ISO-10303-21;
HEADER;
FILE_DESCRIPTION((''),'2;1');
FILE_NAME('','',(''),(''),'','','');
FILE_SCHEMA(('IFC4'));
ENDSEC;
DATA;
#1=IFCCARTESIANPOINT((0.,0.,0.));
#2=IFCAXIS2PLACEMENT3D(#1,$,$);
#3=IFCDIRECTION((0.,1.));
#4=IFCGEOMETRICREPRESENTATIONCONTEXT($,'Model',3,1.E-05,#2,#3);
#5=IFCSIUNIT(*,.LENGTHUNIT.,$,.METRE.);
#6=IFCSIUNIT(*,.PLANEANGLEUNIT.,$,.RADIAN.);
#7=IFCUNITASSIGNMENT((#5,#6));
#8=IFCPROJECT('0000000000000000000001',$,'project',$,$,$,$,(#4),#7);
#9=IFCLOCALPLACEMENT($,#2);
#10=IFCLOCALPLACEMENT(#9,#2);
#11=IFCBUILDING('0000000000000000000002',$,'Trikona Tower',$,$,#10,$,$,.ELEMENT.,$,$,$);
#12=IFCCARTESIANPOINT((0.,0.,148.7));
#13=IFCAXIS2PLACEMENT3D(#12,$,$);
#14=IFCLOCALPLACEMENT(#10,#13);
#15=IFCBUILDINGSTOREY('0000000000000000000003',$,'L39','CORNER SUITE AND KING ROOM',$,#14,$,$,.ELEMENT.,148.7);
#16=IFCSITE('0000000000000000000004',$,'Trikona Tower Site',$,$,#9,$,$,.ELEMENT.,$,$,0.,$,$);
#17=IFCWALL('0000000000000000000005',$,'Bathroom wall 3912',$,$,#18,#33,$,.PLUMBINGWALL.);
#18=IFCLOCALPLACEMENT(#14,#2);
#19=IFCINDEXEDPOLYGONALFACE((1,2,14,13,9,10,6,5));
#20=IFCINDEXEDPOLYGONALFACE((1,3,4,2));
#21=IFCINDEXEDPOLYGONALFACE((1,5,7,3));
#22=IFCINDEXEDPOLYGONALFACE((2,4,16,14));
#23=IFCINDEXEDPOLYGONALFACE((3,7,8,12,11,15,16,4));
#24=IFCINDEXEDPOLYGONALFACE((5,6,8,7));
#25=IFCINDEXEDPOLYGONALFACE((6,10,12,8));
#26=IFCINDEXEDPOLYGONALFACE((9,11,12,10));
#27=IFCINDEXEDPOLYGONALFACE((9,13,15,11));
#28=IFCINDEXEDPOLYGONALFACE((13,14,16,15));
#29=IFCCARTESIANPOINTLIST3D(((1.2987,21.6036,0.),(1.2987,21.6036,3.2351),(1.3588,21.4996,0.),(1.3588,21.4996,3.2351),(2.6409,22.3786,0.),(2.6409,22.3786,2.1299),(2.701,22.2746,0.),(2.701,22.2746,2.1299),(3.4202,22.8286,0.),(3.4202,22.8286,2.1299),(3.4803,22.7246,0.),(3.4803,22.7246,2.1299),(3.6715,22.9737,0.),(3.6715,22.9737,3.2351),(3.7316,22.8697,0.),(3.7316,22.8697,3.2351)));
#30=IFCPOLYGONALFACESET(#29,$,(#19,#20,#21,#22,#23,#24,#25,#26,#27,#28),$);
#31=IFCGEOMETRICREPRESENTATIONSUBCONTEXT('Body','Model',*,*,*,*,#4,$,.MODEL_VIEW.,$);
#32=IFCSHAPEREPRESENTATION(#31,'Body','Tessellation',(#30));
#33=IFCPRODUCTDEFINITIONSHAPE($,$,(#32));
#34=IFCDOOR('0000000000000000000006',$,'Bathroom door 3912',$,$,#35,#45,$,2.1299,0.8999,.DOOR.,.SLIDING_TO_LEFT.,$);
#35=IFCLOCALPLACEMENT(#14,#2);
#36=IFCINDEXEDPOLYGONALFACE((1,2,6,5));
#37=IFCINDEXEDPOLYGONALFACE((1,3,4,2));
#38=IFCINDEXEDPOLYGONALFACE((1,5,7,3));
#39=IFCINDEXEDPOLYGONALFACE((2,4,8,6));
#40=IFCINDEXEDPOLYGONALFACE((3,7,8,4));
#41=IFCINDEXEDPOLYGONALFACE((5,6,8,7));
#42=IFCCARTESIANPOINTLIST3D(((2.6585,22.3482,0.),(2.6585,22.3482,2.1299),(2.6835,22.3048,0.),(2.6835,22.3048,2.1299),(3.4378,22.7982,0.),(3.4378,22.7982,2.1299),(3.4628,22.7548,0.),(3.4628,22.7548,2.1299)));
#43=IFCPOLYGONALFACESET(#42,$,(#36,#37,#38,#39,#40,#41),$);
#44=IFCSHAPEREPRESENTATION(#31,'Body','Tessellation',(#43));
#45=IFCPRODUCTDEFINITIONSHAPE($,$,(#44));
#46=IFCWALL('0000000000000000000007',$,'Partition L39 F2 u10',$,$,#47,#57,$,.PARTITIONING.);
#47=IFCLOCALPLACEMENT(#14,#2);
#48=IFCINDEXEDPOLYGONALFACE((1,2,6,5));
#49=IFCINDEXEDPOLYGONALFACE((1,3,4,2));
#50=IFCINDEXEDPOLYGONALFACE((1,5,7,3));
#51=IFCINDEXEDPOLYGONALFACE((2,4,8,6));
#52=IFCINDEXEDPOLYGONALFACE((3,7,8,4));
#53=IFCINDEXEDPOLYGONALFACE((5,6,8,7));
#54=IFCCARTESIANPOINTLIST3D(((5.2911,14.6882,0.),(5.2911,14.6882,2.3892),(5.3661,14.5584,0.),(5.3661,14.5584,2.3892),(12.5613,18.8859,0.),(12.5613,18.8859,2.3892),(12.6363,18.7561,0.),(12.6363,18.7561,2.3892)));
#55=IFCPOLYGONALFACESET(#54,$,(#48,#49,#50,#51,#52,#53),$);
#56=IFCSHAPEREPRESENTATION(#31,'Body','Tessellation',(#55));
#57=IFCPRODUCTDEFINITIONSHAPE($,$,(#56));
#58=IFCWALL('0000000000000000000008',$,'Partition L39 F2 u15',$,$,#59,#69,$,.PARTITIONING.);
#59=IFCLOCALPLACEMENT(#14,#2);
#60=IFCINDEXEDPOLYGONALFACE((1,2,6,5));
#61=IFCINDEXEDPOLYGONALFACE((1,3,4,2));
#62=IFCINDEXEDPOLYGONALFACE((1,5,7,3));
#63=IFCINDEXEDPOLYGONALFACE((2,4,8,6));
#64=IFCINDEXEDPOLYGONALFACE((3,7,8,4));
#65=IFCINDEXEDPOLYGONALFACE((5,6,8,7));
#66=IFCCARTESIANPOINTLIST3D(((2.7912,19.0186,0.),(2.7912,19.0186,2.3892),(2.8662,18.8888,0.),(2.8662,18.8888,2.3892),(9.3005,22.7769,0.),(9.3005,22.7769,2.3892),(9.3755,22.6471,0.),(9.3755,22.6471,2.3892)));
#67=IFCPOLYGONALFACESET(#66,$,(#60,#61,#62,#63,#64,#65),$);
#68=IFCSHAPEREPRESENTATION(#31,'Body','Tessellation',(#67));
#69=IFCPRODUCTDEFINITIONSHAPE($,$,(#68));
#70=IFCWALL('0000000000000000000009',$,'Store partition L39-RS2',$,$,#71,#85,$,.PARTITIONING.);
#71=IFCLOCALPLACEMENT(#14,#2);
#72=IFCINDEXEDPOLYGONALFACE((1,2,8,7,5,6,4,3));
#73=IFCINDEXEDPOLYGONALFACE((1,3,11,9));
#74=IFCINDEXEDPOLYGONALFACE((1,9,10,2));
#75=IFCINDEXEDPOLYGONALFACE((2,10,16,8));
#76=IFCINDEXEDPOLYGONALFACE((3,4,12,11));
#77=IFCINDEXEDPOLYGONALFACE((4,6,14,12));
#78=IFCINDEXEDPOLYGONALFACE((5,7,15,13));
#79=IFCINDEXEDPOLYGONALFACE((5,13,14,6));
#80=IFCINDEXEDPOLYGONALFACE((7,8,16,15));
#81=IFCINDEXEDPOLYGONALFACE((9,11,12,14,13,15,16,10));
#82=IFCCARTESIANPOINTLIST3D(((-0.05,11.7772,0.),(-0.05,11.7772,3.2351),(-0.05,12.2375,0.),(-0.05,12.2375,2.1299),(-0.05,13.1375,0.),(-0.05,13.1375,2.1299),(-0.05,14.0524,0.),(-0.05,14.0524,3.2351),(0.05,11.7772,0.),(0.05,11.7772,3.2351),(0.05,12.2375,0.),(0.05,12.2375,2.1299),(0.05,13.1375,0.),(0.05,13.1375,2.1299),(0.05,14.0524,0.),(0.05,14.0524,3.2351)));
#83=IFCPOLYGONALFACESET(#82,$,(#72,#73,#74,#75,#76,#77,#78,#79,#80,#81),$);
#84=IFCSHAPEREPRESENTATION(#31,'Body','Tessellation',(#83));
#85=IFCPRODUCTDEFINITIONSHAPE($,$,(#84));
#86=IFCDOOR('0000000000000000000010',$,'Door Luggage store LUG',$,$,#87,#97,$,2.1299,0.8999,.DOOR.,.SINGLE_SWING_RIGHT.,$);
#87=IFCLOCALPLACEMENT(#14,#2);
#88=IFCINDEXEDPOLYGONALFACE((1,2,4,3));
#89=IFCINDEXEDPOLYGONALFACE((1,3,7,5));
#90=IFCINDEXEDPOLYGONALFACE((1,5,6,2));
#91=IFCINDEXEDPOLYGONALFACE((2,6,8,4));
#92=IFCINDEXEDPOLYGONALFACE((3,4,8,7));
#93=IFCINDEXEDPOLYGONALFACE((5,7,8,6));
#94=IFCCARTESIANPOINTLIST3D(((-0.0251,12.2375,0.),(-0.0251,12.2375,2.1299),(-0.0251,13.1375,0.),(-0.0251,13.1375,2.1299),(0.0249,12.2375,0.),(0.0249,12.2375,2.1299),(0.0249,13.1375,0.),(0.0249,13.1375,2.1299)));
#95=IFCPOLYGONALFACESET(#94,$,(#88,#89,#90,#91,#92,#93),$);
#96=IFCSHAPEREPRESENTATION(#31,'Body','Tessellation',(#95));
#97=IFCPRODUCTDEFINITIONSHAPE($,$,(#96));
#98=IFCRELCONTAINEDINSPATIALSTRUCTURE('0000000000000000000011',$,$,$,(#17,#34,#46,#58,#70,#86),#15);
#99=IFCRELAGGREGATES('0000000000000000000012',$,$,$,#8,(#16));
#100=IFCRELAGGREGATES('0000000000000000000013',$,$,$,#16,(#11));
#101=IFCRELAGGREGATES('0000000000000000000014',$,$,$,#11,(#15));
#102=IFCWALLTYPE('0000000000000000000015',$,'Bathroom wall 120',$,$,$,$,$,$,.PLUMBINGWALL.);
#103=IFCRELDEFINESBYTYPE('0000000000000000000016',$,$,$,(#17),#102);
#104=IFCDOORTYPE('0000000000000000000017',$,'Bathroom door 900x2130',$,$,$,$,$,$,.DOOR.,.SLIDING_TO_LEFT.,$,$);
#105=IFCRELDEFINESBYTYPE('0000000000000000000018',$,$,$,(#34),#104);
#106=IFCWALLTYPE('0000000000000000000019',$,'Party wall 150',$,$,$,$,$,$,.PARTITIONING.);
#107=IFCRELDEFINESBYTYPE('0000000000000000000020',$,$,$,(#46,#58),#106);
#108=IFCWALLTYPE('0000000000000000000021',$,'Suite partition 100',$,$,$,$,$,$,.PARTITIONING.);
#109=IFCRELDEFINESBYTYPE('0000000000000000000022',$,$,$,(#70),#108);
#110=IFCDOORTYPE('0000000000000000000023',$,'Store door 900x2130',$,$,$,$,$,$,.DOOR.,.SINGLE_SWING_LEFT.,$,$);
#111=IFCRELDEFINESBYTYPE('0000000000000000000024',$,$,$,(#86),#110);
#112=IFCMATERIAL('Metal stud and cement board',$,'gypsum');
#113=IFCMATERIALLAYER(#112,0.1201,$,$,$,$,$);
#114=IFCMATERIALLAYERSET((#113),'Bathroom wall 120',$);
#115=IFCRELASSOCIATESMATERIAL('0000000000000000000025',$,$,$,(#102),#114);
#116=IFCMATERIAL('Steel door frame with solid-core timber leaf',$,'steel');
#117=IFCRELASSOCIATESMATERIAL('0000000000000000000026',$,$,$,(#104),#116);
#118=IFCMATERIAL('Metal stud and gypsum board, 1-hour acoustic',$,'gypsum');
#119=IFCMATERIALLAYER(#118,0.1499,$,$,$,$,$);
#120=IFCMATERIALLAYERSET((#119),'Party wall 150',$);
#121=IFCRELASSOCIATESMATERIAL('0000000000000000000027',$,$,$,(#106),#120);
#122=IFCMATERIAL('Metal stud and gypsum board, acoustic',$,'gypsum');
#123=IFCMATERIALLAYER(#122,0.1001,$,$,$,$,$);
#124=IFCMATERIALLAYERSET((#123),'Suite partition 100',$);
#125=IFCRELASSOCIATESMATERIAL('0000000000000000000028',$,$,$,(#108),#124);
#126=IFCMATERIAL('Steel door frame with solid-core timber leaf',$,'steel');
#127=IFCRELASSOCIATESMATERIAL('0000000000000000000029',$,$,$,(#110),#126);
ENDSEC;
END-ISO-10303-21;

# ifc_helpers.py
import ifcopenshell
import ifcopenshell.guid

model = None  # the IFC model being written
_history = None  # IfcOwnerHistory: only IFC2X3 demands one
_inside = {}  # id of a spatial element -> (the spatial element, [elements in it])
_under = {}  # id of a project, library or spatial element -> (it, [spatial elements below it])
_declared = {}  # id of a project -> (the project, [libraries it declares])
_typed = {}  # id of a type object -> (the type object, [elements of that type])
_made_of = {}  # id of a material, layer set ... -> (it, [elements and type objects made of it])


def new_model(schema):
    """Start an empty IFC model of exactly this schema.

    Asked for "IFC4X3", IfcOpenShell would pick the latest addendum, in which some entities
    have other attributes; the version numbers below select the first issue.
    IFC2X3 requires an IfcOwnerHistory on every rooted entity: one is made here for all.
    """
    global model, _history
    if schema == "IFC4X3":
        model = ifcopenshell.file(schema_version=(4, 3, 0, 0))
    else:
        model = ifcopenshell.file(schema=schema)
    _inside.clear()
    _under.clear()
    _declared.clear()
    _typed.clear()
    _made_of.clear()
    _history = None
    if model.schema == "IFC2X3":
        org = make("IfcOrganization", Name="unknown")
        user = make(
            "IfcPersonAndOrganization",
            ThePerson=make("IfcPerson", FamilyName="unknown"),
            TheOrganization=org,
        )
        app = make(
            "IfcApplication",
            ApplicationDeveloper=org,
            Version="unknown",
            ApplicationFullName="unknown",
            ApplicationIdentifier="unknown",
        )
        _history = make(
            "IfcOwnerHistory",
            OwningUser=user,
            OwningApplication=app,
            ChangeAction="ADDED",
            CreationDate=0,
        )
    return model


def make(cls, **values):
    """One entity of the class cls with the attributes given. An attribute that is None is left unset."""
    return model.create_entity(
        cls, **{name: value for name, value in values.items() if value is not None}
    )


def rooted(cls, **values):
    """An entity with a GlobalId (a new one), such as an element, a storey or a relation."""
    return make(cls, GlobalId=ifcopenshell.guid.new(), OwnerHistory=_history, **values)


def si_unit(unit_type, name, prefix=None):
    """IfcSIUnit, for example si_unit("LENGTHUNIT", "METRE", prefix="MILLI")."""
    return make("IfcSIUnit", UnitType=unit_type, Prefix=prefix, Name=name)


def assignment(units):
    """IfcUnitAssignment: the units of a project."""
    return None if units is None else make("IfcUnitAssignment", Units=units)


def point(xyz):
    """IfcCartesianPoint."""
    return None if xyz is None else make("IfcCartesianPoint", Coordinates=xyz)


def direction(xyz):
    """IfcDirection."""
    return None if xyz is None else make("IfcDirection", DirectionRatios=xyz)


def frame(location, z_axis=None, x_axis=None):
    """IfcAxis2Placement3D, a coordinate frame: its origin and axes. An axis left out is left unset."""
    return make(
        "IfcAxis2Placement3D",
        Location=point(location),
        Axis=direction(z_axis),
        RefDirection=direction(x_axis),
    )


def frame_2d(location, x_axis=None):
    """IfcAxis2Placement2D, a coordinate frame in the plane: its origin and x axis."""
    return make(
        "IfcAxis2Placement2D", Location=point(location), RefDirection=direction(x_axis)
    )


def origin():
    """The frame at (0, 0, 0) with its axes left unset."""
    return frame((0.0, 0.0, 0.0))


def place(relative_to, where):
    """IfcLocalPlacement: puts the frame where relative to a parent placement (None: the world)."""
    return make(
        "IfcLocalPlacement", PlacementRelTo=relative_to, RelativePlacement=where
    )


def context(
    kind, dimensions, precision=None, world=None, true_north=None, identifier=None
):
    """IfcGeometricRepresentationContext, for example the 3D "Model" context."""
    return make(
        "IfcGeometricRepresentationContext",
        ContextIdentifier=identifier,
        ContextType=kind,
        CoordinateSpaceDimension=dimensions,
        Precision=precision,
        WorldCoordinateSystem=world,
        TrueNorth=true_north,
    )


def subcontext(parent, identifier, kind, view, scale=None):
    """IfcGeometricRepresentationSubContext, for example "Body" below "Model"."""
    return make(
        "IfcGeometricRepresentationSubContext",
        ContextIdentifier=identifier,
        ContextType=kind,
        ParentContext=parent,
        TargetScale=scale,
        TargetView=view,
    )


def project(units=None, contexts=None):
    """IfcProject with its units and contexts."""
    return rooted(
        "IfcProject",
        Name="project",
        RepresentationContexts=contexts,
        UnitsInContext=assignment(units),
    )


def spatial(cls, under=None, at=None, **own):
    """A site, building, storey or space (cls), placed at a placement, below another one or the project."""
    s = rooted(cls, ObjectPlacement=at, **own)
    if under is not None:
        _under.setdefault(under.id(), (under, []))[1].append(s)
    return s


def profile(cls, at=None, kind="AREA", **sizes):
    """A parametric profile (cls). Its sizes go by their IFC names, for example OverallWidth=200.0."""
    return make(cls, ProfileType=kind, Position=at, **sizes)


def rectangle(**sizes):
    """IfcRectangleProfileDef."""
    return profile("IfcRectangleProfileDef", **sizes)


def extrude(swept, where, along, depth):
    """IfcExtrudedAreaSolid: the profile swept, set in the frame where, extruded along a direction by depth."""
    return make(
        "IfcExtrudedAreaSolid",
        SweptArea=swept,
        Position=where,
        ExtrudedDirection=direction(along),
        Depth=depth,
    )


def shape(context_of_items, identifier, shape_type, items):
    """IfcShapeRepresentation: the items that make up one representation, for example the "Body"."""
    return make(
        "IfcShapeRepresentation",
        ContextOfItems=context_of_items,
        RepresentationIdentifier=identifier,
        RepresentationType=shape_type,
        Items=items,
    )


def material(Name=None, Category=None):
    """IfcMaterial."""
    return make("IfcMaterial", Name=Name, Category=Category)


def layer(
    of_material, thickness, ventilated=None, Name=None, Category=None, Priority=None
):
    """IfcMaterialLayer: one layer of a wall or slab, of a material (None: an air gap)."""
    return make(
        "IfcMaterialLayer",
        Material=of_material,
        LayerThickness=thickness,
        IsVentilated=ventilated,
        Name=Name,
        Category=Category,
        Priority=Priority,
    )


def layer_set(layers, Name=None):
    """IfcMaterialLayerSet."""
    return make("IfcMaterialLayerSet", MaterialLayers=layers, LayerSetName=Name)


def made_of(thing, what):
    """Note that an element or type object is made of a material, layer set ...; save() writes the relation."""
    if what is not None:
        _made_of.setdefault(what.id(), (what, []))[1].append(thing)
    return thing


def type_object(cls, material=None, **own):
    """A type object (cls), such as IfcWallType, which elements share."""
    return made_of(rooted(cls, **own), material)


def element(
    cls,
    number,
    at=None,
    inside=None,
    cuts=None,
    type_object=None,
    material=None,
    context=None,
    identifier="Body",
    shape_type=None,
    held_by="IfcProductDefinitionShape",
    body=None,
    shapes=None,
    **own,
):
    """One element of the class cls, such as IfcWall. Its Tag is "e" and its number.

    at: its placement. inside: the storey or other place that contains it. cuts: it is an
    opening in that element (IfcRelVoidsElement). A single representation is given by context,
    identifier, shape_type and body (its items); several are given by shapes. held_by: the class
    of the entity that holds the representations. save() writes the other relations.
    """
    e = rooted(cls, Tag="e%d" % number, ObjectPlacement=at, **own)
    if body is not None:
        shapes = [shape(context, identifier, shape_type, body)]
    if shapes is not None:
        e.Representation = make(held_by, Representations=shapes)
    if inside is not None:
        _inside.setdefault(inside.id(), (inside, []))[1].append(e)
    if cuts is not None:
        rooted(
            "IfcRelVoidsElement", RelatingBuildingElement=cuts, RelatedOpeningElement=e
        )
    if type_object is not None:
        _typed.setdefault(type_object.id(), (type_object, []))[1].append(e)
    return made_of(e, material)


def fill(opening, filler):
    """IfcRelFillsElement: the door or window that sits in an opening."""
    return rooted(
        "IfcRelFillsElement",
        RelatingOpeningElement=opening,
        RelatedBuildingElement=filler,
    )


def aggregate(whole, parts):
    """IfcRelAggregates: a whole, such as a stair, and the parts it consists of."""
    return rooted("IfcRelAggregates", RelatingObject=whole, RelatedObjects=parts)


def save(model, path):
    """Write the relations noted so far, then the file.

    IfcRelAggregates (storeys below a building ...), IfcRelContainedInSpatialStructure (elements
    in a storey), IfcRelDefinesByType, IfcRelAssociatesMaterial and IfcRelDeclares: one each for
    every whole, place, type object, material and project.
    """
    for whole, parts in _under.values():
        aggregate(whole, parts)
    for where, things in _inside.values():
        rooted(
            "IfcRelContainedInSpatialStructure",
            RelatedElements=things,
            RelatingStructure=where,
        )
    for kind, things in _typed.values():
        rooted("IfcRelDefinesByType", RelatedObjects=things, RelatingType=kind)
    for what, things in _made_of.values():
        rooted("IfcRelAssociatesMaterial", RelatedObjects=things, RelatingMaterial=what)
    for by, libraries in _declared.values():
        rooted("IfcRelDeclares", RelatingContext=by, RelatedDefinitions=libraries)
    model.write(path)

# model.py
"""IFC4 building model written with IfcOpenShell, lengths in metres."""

from ifc_helpers import new_model, si_unit, direction, frame, frame_2d, origin, place, context, subcontext, project, spatial, rectangle, extrude, material, layer, layer_set, type_object, element, fill, save


model = new_model("IFC4")

# Units and contexts
model_context = context("Model", 3, precision=1e-05, world=origin(), true_north=direction((0.0, 1.0)))
body_context = subcontext(model_context, "Body", "Model", "MODEL_VIEW")
ifc_project = project(units=[si_unit("LENGTHUNIT", "METRE"), si_unit("PLANEANGLEUNIT", "RADIAN")], contexts=[model_context])

# Site, building, storey
site_placement = place(None, origin())
site = spatial("IfcSite", under=ifc_project, at=site_placement, Name="Trikona Tower Site", CompositionType="ELEMENT", RefElevation=0.0)
building_placement = place(site_placement, origin())
building = spatial("IfcBuilding", under=site, at=building_placement, Name="Trikona Tower", CompositionType="ELEMENT")
storey_placement = place(building_placement, frame((0.0, 0.0, 148.7)))
storey = spatial("IfcBuildingStorey", under=building, at=storey_placement, Name="L39", Description="CORNER SUITE AND KING ROOM", CompositionType="ELEMENT", Elevation=148.7)

# Shared definitions
ifc_material_1 = material(Name="Metal stud and cement board", Category="gypsum")
ifc_layer_1 = layer(ifc_material_1, 0.1201)
ifc_layer_set_1 = layer_set([ifc_layer_1], Name="Bathroom wall 120")
wall_type_1 = type_object("IfcWallType", Name="Bathroom wall 120", PredefinedType="PLUMBINGWALL", material=ifc_layer_set_1)

# Shared definitions
ifc_material_2 = material(Name="Steel door frame with solid-core timber leaf", Category="steel")
door_type_1 = type_object("IfcDoorType", Name="Bathroom door 900x2130", OperationType="SLIDING_TO_LEFT", PredefinedType="DOOR", material=ifc_material_2)

# Wall, opening, door
wall_1_placement = place(storey_placement, frame((1.3286, 21.5515, 0.0), z_axis=(0.0, 0.0, 1.0), x_axis=(0.865997, 0.500049, 0.0)))
wall_1 = element("IfcWall", 1, at=wall_1_placement, inside=storey, type_object=wall_type_1, Name="Bathroom wall 3912", PredefinedType="PLUMBINGWALL", context=body_context, shape_type="SweptSolid", body=[
    extrude(rectangle(XDim=2.74, YDim=0.1201, at=frame_2d((1.3701, 0.0))), origin(), (0.0, 0.0, 1.0), 3.2351),
])
opening_1_placement = place(wall_1_placement, frame((1.55, 0.0, 0.0)))
opening_1 = element("IfcOpeningElement", 2, at=opening_1_placement, cuts=wall_1, PredefinedType="OPENING", context=body_context, shape_type="SweptSolid", body=[
    extrude(rectangle(XDim=0.8999, YDim=2.1299, at=frame_2d((0.45, 1.0649))), frame((0.0, 0.0701, 0.0), z_axis=(0.0, -1.0, 0.0), x_axis=(1.0, 0.0, 0.0)), (0.0, 0.0, 1.0), 0.1401),
])
door_1_placement = place(opening_1_placement, origin())
door_1 = element("IfcDoor", 3, at=door_1_placement, inside=storey, type_object=door_type_1, Name="Bathroom door 3912", OperationType="SLIDING_TO_LEFT", OverallHeight=2.1299, OverallWidth=0.8999, PredefinedType="DOOR", context=body_context, shape_type="SweptSolid", body=[
    extrude(rectangle(XDim=0.8999, YDim=2.1299, at=frame_2d((0.45, 1.0649))), frame((0.0, 0.0249, 0.0), z_axis=(0.0, -1.0, 0.0), x_axis=(1.0, 0.0, 0.0)), (0.0, 0.0, 1.0), 0.05),
])
fill(opening_1, door_1)

# Walls
ifc_material_3 = material(Name="Metal stud and gypsum board, 1-hour acoustic", Category="gypsum")
ifc_layer_2 = layer(ifc_material_3, 0.1499)
ifc_layer_set_2 = layer_set([ifc_layer_2], Name="Party wall 150")
wall_type_2 = type_object("IfcWallType", Name="Party wall 150", PredefinedType="PARTITIONING", material=ifc_layer_set_2)
wall_2_placement = place(storey_placement, frame((5.3286, 14.6233, 0.0), z_axis=(0.0, 0.0, 1.0), x_axis=(0.866012, 0.500024, 0.0)))
element("IfcWall", 4, at=wall_2_placement, inside=storey, type_object=wall_type_2, Name="Partition L39 F2 u10", PredefinedType="PARTITIONING", context=body_context, shape_type="SweptSolid", body=[
    extrude(rectangle(XDim=8.395, YDim=0.1499, at=frame_2d((4.1975, 0.0))), origin(), (0.0, 0.0, 1.0), 2.3892),
])
wall_3_placement = place(storey_placement, frame((2.8286, 18.9536, 0.0), z_axis=(0.0, 0.0, 1.0), x_axis=(0.866016, 0.500017, 0.0)))
element("IfcWall", 5, at=wall_3_placement, inside=storey, type_object=wall_type_2, Name="Partition L39 F2 u15", PredefinedType="PARTITIONING", context=body_context, shape_type="SweptSolid", body=[
    extrude(rectangle(XDim=7.5164, YDim=0.1499, at=frame_2d((3.7583, 0.0))), origin(), (0.0, 0.0, 1.0), 2.3892),
])

# Wall, opening, door
ifc_material_4 = material(Name="Metal stud and gypsum board, acoustic", Category="gypsum")
ifc_layer_3 = layer(ifc_material_4, 0.1001)
ifc_layer_set_3 = layer_set([ifc_layer_3], Name="Suite partition 100")
wall_type_3 = type_object("IfcWallType", Name="Suite partition 100", PredefinedType="PARTITIONING", material=ifc_layer_set_3)
wall_4_placement = place(storey_placement, frame((0.0, 14.0525, 0.0), z_axis=(0.0, 0.0, 1.0), x_axis=(0.0, -1.0, 0.0)))
wall_4 = element("IfcWall", 6, at=wall_4_placement, inside=storey, type_object=wall_type_3, Name="Store partition L39-RS2", PredefinedType="PARTITIONING", context=body_context, shape_type="SweptSolid", body=[
    extrude(rectangle(XDim=2.2751, YDim=0.1001, at=frame_2d((1.1377, 0.0))), origin(), (0.0, 0.0, 1.0), 3.2351),
])
opening_2_placement = place(wall_4_placement, frame((0.915, 0.0, 0.0)))
opening_2 = element("IfcOpeningElement", 7, at=opening_2_placement, cuts=wall_4, PredefinedType="OPENING", context=body_context, shape_type="SweptSolid", body=[
    extrude(rectangle(XDim=0.8999, YDim=2.1299, at=frame_2d((0.45, 1.0649))), frame((0.0, 0.0601, 0.0), z_axis=(0.0, -1.0, 0.0), x_axis=(1.0, 0.0, 0.0)), (0.0, 0.0, 1.0), 0.1201),
])
ifc_material_5 = material(Name="Steel door frame with solid-core timber leaf", Category="steel")
door_type_2 = type_object("IfcDoorType", Name="Store door 900x2130", OperationType="SINGLE_SWING_LEFT", PredefinedType="DOOR", material=ifc_material_5)
door_2_placement = place(opening_2_placement, origin())
door_2 = element("IfcDoor", 8, at=door_2_placement, inside=storey, type_object=door_type_2, Name="Door Luggage store LUG", OperationType="SINGLE_SWING_RIGHT", OverallHeight=2.1299, OverallWidth=0.8999, PredefinedType="DOOR", context=body_context, shape_type="SweptSolid", body=[
    extrude(rectangle(XDim=0.8999, YDim=2.1299, at=frame_2d((0.45, 1.0649))), frame((0.0, 0.0249, 0.0), z_axis=(0.0, -1.0, 0.0), x_axis=(1.0, 0.0, 0.0)), (0.0, 0.0, 1.0), 0.05),
])
fill(opening_2, door_2)

save(model, "model.ifc")
